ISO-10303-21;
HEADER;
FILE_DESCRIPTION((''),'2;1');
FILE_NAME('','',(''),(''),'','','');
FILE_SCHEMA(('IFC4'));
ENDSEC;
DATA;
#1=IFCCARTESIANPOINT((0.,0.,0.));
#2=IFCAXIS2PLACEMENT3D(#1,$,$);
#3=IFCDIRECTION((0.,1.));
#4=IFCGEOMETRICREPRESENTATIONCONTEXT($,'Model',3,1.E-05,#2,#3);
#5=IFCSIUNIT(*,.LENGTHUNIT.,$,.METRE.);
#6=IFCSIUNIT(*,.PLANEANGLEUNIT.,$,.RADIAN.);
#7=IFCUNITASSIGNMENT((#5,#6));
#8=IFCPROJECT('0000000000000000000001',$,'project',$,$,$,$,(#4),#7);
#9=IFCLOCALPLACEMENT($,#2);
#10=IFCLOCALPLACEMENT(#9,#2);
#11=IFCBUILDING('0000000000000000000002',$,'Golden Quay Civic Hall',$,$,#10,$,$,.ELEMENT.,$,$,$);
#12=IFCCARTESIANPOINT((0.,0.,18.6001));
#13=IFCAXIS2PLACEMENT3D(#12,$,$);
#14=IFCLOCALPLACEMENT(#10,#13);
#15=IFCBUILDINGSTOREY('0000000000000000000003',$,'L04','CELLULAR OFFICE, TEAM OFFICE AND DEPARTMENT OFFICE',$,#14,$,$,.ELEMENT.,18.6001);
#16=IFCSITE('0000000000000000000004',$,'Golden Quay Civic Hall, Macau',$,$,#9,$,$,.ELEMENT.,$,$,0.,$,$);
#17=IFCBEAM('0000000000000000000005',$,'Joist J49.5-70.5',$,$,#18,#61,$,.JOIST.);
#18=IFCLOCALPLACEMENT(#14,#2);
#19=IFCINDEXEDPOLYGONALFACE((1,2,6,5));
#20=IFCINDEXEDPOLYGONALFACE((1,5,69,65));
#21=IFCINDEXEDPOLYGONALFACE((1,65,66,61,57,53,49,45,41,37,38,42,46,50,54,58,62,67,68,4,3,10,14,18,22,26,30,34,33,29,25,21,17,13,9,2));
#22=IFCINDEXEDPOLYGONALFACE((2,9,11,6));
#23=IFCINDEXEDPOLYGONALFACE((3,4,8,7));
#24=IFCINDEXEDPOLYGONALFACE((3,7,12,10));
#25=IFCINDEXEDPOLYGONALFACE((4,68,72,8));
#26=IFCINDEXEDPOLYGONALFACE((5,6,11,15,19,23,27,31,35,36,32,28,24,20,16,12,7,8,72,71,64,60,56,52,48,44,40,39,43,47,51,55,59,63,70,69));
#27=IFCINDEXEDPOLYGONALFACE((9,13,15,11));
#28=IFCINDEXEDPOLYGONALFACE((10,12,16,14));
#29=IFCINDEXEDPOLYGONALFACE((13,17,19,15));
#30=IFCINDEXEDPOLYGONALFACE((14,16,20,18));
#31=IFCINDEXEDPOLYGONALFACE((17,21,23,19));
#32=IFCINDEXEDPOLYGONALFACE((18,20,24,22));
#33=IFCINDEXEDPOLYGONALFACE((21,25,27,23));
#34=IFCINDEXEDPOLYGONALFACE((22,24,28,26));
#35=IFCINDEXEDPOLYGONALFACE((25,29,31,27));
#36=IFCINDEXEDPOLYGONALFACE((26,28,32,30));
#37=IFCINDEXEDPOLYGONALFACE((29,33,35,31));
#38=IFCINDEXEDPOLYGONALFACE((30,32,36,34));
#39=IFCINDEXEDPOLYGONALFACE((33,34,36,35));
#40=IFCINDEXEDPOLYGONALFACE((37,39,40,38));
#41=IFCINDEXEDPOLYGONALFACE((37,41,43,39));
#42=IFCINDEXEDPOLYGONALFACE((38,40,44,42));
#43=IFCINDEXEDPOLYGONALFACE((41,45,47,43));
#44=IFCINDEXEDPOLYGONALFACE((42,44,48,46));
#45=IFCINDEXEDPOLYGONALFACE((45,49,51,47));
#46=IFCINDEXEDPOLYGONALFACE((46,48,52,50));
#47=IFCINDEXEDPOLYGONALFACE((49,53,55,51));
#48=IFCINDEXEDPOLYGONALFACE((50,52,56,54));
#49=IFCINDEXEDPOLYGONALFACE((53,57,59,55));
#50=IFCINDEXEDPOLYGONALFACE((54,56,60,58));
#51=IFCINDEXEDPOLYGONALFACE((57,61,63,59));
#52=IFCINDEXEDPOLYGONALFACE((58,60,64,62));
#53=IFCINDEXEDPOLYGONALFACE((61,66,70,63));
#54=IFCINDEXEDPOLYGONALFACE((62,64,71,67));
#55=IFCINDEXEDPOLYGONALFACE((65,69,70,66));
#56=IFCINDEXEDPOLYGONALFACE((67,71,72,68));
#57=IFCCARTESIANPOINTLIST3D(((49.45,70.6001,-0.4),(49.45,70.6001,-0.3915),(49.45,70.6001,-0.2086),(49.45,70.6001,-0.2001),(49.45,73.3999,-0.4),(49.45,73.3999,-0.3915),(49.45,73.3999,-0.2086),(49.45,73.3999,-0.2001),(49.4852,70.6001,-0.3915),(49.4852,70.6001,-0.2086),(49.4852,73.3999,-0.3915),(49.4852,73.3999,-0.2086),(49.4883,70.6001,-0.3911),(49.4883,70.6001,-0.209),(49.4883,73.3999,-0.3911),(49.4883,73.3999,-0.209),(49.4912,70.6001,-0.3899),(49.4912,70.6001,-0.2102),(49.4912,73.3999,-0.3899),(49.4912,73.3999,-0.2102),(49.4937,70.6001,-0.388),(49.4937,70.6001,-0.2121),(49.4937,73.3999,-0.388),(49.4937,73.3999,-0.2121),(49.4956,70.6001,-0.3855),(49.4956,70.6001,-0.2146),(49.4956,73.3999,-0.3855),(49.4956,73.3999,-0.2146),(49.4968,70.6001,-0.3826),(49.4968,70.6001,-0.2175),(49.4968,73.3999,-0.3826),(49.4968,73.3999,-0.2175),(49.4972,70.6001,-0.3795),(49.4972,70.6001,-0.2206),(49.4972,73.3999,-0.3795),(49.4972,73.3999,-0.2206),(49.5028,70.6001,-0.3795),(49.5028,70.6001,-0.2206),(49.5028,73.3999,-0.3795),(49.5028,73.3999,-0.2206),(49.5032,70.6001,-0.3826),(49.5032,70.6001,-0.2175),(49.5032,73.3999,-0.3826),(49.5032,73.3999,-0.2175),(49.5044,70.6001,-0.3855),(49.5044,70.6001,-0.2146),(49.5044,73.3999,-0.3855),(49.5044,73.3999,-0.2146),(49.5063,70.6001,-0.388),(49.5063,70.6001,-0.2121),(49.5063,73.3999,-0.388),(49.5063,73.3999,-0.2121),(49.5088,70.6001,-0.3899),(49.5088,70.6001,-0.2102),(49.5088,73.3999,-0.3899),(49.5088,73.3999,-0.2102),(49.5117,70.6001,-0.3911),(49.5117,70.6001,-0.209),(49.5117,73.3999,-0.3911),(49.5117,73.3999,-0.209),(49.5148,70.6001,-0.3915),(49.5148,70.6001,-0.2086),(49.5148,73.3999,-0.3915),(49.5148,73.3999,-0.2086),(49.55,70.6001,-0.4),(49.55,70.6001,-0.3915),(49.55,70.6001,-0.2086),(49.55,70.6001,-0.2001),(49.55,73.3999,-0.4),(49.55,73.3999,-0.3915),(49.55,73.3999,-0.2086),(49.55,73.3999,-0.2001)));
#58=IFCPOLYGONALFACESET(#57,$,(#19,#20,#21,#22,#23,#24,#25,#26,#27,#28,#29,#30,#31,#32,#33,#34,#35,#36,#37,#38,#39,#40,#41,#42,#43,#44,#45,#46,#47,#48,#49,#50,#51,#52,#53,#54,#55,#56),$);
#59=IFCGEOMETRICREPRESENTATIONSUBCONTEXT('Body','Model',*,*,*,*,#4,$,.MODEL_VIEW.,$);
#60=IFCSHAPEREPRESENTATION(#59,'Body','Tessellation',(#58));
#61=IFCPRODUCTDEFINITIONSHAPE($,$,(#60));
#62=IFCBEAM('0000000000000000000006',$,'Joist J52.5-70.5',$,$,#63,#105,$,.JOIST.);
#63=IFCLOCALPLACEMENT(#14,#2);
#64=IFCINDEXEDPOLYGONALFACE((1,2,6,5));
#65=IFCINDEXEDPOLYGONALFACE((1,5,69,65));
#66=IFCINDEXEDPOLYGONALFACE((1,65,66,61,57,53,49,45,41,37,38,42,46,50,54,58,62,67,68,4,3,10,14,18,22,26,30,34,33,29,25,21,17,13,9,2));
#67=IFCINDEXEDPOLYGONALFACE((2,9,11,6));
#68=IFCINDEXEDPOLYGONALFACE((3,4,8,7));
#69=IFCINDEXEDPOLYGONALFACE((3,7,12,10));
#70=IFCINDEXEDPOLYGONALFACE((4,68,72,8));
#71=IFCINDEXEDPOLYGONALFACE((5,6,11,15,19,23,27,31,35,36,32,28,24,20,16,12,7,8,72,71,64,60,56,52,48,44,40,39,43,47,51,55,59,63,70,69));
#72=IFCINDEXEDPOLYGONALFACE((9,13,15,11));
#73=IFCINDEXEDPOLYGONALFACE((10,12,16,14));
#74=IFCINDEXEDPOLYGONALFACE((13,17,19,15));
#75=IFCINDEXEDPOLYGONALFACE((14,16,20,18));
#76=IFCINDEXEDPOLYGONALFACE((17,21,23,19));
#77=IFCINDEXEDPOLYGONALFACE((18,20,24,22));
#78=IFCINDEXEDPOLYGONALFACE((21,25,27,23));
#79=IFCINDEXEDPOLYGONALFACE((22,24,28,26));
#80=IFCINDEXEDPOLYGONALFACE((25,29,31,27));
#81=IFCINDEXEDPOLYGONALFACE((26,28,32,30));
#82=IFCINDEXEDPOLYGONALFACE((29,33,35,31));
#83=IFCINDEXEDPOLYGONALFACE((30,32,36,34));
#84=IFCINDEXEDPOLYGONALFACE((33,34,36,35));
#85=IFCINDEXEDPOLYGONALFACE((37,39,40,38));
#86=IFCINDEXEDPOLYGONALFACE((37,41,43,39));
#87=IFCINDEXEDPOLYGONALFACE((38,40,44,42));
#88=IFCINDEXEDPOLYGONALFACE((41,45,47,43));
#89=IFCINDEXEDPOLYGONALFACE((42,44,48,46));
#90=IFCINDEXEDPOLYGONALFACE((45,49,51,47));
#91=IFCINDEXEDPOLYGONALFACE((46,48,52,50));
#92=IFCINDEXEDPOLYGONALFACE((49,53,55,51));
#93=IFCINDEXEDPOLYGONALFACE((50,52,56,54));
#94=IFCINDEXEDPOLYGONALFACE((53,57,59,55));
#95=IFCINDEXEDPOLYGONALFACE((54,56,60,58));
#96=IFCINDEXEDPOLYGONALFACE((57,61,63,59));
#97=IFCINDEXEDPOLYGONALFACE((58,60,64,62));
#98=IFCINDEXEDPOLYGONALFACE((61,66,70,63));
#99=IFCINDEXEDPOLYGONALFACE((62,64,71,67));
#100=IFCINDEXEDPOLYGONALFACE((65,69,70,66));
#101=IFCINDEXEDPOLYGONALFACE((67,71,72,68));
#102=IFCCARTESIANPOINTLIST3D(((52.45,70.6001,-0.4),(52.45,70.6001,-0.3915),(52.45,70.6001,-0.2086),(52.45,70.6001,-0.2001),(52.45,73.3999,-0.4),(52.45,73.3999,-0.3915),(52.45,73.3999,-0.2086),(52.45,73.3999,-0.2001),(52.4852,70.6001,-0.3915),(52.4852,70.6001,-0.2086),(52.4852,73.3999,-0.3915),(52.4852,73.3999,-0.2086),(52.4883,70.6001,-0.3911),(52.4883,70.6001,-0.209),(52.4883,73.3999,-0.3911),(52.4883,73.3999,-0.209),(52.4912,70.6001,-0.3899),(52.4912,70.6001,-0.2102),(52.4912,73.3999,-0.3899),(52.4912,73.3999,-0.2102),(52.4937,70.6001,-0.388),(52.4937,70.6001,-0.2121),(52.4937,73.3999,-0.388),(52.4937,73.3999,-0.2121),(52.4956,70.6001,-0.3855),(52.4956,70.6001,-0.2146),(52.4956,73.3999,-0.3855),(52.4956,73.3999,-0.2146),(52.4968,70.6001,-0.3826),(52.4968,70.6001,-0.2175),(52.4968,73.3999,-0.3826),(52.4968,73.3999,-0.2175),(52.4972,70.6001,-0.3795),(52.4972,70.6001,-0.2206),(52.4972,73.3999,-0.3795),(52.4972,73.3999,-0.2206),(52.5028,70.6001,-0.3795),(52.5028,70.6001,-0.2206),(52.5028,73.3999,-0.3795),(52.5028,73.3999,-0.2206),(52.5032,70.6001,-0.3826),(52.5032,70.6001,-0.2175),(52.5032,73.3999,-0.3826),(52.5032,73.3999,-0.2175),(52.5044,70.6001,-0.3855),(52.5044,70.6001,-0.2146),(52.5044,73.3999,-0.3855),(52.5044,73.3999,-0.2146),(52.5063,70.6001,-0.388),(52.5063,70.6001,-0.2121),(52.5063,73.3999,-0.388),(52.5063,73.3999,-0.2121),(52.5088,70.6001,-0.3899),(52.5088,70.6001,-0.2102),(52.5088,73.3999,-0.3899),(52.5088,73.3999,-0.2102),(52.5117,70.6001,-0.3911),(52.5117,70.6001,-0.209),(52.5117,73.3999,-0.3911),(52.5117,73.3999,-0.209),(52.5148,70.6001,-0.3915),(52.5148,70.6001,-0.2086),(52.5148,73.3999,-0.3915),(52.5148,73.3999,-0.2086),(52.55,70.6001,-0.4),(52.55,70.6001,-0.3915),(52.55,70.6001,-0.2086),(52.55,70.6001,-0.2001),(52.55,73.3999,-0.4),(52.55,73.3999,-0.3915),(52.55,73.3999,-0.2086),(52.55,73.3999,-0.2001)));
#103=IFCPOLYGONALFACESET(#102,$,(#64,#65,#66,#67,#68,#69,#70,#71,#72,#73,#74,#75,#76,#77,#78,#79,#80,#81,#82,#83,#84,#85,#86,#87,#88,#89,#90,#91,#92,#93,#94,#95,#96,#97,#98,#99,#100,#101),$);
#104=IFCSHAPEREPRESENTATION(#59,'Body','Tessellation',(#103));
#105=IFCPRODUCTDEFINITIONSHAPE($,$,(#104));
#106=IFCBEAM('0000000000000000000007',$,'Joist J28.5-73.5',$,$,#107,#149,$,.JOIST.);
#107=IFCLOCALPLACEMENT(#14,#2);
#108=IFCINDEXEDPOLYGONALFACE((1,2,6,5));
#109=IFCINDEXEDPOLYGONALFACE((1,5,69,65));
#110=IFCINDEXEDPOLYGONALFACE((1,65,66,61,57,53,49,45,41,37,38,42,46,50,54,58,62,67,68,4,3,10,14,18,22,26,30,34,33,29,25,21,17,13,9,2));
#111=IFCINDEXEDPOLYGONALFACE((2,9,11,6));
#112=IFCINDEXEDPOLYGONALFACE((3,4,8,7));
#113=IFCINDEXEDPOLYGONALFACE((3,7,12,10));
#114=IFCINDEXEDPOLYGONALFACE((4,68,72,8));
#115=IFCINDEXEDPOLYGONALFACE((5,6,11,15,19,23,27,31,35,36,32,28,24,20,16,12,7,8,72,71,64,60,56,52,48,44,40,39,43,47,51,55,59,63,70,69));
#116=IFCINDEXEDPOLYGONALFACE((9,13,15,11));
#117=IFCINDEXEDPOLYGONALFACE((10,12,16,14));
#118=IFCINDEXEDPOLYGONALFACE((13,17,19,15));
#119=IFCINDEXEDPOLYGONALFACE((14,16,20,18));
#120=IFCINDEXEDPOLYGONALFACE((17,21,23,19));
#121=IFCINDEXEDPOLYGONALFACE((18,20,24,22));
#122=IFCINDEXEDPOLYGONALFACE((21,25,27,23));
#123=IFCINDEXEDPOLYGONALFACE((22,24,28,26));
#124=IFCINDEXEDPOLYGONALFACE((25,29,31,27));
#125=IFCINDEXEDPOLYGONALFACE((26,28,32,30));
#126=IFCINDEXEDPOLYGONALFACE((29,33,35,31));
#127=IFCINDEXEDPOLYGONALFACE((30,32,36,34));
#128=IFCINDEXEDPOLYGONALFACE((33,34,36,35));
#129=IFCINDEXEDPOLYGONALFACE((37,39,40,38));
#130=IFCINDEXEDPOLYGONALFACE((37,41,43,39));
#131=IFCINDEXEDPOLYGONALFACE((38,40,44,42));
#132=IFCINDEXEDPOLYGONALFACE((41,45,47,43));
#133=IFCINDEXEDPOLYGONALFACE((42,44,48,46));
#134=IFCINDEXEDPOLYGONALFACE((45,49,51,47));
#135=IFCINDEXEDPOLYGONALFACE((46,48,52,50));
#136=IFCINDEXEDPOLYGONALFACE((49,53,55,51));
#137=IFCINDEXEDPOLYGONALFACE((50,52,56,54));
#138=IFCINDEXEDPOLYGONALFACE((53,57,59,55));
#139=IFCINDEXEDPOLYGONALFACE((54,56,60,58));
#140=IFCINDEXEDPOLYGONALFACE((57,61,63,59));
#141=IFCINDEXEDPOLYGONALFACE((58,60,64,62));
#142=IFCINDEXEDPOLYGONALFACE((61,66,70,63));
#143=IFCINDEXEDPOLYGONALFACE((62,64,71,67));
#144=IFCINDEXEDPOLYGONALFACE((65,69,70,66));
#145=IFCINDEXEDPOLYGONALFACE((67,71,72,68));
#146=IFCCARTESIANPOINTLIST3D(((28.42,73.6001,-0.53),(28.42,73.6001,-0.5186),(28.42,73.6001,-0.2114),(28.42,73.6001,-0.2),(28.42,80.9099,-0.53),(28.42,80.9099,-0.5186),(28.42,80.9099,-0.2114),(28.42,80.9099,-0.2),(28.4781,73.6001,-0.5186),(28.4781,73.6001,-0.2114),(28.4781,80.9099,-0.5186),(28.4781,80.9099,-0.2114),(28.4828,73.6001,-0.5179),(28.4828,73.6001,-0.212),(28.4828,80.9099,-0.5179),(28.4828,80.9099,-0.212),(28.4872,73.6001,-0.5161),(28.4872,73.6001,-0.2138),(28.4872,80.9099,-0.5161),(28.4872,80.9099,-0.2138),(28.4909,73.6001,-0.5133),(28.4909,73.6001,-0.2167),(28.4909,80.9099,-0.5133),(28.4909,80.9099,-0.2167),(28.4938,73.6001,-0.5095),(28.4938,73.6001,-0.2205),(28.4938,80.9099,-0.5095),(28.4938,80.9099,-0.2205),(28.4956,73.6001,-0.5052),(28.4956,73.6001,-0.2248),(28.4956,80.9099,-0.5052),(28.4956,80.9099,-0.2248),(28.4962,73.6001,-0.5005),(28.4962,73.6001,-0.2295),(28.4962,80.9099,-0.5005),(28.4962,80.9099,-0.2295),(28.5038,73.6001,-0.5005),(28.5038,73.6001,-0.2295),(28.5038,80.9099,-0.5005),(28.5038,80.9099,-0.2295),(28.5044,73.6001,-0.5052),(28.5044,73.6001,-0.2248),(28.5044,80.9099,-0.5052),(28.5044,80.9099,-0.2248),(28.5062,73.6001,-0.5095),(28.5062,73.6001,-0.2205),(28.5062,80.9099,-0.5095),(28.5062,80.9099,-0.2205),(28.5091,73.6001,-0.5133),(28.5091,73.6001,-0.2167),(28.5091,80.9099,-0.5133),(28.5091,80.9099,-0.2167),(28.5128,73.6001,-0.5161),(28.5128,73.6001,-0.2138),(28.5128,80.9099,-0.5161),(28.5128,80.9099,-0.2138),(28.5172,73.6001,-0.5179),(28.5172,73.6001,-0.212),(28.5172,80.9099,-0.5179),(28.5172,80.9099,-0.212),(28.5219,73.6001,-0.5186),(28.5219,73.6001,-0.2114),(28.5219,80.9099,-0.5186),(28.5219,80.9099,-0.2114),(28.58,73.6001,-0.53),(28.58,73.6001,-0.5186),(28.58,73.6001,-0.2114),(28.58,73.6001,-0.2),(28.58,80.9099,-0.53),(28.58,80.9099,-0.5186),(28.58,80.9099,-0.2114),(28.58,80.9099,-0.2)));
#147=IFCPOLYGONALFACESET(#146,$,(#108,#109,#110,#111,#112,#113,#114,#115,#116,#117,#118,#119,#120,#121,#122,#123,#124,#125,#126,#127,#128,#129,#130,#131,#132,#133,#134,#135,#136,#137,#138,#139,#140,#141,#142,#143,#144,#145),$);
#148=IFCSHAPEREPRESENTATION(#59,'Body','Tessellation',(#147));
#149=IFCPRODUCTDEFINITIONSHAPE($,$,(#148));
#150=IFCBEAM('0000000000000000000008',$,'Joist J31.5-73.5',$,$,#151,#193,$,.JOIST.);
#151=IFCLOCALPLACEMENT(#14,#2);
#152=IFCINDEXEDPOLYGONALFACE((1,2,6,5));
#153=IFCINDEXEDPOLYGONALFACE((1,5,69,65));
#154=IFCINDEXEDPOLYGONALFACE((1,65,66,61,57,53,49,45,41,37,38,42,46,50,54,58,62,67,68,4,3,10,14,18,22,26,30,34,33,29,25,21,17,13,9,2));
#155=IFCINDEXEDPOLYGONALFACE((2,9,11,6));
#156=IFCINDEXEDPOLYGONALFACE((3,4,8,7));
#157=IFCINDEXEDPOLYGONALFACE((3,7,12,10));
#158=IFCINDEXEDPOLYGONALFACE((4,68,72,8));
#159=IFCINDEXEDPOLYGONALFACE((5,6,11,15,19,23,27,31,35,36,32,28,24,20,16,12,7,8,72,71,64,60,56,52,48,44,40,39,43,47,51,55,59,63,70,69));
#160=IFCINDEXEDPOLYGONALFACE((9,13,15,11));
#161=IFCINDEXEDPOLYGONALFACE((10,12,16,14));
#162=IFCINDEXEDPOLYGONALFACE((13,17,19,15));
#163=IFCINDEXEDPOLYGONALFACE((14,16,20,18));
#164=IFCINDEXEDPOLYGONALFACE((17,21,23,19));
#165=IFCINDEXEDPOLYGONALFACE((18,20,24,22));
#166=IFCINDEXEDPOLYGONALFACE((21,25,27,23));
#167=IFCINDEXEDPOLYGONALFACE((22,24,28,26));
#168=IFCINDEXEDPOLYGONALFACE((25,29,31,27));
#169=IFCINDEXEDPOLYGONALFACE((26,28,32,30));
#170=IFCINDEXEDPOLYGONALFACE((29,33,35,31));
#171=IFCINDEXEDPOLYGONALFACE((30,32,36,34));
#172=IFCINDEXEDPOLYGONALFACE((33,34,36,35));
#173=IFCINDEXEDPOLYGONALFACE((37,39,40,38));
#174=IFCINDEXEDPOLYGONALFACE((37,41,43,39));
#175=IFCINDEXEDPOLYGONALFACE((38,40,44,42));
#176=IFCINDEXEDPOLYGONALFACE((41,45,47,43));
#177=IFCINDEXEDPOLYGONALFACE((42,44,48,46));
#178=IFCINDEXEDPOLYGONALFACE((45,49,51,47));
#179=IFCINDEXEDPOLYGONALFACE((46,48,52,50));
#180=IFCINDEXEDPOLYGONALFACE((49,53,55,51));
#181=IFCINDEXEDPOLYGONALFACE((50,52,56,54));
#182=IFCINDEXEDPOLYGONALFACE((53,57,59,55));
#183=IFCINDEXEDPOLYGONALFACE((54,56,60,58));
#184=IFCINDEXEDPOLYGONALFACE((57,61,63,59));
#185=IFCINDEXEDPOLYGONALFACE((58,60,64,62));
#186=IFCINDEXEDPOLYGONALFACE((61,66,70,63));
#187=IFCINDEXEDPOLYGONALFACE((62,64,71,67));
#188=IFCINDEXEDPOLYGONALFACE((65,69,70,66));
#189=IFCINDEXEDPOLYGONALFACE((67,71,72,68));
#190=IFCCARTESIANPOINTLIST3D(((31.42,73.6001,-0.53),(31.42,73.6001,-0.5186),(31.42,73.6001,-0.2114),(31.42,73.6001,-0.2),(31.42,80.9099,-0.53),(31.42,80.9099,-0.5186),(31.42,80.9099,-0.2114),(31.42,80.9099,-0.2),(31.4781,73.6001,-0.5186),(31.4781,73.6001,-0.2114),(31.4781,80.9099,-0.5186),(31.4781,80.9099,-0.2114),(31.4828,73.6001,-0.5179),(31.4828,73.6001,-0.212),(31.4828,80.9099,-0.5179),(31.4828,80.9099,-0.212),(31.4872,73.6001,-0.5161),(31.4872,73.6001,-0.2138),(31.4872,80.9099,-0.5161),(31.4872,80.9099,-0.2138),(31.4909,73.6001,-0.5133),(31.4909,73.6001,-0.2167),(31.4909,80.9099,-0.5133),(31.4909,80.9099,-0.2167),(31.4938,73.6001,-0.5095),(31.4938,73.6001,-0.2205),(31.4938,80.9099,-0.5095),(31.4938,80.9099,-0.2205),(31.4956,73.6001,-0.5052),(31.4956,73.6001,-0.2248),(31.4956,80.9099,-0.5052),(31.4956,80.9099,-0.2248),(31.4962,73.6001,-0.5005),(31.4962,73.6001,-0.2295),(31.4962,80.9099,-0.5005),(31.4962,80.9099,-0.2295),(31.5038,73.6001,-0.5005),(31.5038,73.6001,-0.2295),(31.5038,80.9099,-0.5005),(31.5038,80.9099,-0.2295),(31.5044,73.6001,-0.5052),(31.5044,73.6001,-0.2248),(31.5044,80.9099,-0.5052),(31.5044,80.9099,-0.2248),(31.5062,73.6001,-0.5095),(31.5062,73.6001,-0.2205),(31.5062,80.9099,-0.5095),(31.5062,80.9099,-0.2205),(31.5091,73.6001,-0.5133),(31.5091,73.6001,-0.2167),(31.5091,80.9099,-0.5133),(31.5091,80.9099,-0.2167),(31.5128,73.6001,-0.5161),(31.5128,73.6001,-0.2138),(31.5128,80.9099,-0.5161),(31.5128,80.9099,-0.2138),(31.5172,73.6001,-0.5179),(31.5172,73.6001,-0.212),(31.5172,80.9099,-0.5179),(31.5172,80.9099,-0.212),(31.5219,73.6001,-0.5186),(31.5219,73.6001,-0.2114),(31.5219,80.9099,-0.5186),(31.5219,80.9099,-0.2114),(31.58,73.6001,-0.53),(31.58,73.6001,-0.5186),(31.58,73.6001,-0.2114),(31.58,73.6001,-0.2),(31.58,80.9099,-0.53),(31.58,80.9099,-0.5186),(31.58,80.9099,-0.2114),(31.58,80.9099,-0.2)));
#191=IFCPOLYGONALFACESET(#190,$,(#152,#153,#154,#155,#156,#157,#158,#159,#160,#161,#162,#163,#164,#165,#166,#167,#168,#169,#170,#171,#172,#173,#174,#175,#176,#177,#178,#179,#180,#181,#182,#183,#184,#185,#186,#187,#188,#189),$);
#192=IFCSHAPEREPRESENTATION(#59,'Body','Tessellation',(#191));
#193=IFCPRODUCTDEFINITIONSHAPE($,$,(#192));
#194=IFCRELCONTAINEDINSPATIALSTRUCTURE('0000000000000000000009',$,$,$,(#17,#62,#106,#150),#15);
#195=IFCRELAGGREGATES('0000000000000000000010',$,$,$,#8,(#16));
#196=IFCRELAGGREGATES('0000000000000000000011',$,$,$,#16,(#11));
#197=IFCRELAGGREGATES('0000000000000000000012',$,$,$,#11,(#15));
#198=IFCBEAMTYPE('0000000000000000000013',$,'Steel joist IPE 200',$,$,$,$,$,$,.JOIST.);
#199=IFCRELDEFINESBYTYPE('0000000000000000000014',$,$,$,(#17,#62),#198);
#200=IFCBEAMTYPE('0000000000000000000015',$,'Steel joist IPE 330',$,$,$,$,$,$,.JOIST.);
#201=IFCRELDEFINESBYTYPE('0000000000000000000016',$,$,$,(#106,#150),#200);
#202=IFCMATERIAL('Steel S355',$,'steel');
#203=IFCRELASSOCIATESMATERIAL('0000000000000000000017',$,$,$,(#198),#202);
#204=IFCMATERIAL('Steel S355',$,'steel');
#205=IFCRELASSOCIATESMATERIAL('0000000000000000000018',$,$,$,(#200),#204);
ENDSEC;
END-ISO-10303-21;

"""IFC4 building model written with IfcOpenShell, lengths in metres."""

from ifc_helpers import new_model, si_unit, direction, frame, origin, origin_2d, place, context, subcontext, project, spatial, i_section, extrude, material, material_profile, profile_set, type_object, element, save


model = new_model("IFC4")

# Units and contexts
model_context = context("Model", 3, precision=1e-05, world=origin(), true_north=direction((0.0, 1.0)))
body_context = subcontext(model_context, "Body", "Model", "MODEL_VIEW")
ifc_project = project(units=[si_unit("LENGTHUNIT", "METRE"), si_unit("PLANEANGLEUNIT", "RADIAN")], contexts=[model_context])

# Site, building, storey
site_placement = place(None, origin())
site = spatial("IfcSite", under=ifc_project, at=site_placement, Name="Golden Quay Civic Hall, Macau", CompositionType="ELEMENT", RefElevation=0.0)
building_placement = place(site_placement, origin())
building = spatial("IfcBuilding", under=site, at=building_placement, Name="Golden Quay Civic Hall", CompositionType="ELEMENT")
storey_placement = place(building_placement, frame((0.0, 0.0, 18.6001)))
storey = spatial("IfcBuildingStorey", under=building, at=storey_placement, Name="L04", Description="CELLULAR OFFICE, TEAM OFFICE AND DEPARTMENT OFFICE", CompositionType="ELEMENT", Elevation=18.6001)

# Beams
ifc_material_1 = material(Name="Steel S355", Category="steel")
ifc_material_profile_1 = material_profile(ifc_material_1, i_section(OverallWidth=0.1001, OverallDepth=0.2, WebThickness=0.0056, FlangeThickness=0.0085, FilletRadius=0.012, at=origin_2d()), Name="IPE 200")
ifc_profile_set_1 = profile_set([ifc_material_profile_1], Name="Steel S355")
beam_type_1 = type_object("IfcBeamType", Name="Steel joist IPE 200", PredefinedType="JOIST", material=ifc_profile_set_1)
for number, where, z_axis, x_axis, name in (
    (1, (49.5, 70.6001, -0.3), (0.0, 1.0, 0.0), (-1.0, 0.0, 0.0), "Joist J49.5-70.5"),
    (2, (52.5, 70.6001, -0.3), (0.0, 1.0, 0.0), (-1.0, 0.0, 0.0), "Joist J52.5-70.5"),
):
    element("IfcBeam", number, at=place(storey_placement, frame(where, z_axis=z_axis, x_axis=x_axis)), inside=storey, type_object=beam_type_1, Name=name, PredefinedType="JOIST", context=body_context, shape_type="SweptSolid", body=[
        extrude(i_section(OverallWidth=0.1001, OverallDepth=0.2, WebThickness=0.0056, FlangeThickness=0.0085, FilletRadius=0.012, at=origin_2d()), origin(), (0.0, 0.0, 1.0), 2.7998),
    ])
ifc_material_2 = material(Name="Steel S355", Category="steel")
ifc_material_profile_2 = material_profile(ifc_material_2, i_section(OverallWidth=0.1599, OverallDepth=0.3301, WebThickness=0.0076, FlangeThickness=0.0115, FilletRadius=0.0181, at=origin_2d()), Name="IPE 330")
ifc_profile_set_2 = profile_set([ifc_material_profile_2], Name="Steel S355")
beam_type_2 = type_object("IfcBeamType", Name="Steel joist IPE 330", PredefinedType="JOIST", material=ifc_profile_set_2)
for number, where, z_axis, x_axis, name in (
    (3, (28.5, 73.6001, -0.365), (0.0, 1.0, 0.0), (-1.0, 0.0, 0.0), "Joist J28.5-73.5"),
    (4, (31.5, 73.6001, -0.365), (0.0, 1.0, 0.0), (-1.0, 0.0, 0.0), "Joist J31.5-73.5"),
):
    element("IfcBeam", number, at=place(storey_placement, frame(where, z_axis=z_axis, x_axis=x_axis)), inside=storey, type_object=beam_type_2, Name=name, PredefinedType="JOIST", context=body_context, shape_type="SweptSolid", body=[
        extrude(i_section(OverallWidth=0.1599, OverallDepth=0.3301, WebThickness=0.0076, FlangeThickness=0.0115, FilletRadius=0.0181, at=origin_2d()), origin(), (0.0, 0.0, 1.0), 7.3098),
    ])

save(model, "model.ifc")
